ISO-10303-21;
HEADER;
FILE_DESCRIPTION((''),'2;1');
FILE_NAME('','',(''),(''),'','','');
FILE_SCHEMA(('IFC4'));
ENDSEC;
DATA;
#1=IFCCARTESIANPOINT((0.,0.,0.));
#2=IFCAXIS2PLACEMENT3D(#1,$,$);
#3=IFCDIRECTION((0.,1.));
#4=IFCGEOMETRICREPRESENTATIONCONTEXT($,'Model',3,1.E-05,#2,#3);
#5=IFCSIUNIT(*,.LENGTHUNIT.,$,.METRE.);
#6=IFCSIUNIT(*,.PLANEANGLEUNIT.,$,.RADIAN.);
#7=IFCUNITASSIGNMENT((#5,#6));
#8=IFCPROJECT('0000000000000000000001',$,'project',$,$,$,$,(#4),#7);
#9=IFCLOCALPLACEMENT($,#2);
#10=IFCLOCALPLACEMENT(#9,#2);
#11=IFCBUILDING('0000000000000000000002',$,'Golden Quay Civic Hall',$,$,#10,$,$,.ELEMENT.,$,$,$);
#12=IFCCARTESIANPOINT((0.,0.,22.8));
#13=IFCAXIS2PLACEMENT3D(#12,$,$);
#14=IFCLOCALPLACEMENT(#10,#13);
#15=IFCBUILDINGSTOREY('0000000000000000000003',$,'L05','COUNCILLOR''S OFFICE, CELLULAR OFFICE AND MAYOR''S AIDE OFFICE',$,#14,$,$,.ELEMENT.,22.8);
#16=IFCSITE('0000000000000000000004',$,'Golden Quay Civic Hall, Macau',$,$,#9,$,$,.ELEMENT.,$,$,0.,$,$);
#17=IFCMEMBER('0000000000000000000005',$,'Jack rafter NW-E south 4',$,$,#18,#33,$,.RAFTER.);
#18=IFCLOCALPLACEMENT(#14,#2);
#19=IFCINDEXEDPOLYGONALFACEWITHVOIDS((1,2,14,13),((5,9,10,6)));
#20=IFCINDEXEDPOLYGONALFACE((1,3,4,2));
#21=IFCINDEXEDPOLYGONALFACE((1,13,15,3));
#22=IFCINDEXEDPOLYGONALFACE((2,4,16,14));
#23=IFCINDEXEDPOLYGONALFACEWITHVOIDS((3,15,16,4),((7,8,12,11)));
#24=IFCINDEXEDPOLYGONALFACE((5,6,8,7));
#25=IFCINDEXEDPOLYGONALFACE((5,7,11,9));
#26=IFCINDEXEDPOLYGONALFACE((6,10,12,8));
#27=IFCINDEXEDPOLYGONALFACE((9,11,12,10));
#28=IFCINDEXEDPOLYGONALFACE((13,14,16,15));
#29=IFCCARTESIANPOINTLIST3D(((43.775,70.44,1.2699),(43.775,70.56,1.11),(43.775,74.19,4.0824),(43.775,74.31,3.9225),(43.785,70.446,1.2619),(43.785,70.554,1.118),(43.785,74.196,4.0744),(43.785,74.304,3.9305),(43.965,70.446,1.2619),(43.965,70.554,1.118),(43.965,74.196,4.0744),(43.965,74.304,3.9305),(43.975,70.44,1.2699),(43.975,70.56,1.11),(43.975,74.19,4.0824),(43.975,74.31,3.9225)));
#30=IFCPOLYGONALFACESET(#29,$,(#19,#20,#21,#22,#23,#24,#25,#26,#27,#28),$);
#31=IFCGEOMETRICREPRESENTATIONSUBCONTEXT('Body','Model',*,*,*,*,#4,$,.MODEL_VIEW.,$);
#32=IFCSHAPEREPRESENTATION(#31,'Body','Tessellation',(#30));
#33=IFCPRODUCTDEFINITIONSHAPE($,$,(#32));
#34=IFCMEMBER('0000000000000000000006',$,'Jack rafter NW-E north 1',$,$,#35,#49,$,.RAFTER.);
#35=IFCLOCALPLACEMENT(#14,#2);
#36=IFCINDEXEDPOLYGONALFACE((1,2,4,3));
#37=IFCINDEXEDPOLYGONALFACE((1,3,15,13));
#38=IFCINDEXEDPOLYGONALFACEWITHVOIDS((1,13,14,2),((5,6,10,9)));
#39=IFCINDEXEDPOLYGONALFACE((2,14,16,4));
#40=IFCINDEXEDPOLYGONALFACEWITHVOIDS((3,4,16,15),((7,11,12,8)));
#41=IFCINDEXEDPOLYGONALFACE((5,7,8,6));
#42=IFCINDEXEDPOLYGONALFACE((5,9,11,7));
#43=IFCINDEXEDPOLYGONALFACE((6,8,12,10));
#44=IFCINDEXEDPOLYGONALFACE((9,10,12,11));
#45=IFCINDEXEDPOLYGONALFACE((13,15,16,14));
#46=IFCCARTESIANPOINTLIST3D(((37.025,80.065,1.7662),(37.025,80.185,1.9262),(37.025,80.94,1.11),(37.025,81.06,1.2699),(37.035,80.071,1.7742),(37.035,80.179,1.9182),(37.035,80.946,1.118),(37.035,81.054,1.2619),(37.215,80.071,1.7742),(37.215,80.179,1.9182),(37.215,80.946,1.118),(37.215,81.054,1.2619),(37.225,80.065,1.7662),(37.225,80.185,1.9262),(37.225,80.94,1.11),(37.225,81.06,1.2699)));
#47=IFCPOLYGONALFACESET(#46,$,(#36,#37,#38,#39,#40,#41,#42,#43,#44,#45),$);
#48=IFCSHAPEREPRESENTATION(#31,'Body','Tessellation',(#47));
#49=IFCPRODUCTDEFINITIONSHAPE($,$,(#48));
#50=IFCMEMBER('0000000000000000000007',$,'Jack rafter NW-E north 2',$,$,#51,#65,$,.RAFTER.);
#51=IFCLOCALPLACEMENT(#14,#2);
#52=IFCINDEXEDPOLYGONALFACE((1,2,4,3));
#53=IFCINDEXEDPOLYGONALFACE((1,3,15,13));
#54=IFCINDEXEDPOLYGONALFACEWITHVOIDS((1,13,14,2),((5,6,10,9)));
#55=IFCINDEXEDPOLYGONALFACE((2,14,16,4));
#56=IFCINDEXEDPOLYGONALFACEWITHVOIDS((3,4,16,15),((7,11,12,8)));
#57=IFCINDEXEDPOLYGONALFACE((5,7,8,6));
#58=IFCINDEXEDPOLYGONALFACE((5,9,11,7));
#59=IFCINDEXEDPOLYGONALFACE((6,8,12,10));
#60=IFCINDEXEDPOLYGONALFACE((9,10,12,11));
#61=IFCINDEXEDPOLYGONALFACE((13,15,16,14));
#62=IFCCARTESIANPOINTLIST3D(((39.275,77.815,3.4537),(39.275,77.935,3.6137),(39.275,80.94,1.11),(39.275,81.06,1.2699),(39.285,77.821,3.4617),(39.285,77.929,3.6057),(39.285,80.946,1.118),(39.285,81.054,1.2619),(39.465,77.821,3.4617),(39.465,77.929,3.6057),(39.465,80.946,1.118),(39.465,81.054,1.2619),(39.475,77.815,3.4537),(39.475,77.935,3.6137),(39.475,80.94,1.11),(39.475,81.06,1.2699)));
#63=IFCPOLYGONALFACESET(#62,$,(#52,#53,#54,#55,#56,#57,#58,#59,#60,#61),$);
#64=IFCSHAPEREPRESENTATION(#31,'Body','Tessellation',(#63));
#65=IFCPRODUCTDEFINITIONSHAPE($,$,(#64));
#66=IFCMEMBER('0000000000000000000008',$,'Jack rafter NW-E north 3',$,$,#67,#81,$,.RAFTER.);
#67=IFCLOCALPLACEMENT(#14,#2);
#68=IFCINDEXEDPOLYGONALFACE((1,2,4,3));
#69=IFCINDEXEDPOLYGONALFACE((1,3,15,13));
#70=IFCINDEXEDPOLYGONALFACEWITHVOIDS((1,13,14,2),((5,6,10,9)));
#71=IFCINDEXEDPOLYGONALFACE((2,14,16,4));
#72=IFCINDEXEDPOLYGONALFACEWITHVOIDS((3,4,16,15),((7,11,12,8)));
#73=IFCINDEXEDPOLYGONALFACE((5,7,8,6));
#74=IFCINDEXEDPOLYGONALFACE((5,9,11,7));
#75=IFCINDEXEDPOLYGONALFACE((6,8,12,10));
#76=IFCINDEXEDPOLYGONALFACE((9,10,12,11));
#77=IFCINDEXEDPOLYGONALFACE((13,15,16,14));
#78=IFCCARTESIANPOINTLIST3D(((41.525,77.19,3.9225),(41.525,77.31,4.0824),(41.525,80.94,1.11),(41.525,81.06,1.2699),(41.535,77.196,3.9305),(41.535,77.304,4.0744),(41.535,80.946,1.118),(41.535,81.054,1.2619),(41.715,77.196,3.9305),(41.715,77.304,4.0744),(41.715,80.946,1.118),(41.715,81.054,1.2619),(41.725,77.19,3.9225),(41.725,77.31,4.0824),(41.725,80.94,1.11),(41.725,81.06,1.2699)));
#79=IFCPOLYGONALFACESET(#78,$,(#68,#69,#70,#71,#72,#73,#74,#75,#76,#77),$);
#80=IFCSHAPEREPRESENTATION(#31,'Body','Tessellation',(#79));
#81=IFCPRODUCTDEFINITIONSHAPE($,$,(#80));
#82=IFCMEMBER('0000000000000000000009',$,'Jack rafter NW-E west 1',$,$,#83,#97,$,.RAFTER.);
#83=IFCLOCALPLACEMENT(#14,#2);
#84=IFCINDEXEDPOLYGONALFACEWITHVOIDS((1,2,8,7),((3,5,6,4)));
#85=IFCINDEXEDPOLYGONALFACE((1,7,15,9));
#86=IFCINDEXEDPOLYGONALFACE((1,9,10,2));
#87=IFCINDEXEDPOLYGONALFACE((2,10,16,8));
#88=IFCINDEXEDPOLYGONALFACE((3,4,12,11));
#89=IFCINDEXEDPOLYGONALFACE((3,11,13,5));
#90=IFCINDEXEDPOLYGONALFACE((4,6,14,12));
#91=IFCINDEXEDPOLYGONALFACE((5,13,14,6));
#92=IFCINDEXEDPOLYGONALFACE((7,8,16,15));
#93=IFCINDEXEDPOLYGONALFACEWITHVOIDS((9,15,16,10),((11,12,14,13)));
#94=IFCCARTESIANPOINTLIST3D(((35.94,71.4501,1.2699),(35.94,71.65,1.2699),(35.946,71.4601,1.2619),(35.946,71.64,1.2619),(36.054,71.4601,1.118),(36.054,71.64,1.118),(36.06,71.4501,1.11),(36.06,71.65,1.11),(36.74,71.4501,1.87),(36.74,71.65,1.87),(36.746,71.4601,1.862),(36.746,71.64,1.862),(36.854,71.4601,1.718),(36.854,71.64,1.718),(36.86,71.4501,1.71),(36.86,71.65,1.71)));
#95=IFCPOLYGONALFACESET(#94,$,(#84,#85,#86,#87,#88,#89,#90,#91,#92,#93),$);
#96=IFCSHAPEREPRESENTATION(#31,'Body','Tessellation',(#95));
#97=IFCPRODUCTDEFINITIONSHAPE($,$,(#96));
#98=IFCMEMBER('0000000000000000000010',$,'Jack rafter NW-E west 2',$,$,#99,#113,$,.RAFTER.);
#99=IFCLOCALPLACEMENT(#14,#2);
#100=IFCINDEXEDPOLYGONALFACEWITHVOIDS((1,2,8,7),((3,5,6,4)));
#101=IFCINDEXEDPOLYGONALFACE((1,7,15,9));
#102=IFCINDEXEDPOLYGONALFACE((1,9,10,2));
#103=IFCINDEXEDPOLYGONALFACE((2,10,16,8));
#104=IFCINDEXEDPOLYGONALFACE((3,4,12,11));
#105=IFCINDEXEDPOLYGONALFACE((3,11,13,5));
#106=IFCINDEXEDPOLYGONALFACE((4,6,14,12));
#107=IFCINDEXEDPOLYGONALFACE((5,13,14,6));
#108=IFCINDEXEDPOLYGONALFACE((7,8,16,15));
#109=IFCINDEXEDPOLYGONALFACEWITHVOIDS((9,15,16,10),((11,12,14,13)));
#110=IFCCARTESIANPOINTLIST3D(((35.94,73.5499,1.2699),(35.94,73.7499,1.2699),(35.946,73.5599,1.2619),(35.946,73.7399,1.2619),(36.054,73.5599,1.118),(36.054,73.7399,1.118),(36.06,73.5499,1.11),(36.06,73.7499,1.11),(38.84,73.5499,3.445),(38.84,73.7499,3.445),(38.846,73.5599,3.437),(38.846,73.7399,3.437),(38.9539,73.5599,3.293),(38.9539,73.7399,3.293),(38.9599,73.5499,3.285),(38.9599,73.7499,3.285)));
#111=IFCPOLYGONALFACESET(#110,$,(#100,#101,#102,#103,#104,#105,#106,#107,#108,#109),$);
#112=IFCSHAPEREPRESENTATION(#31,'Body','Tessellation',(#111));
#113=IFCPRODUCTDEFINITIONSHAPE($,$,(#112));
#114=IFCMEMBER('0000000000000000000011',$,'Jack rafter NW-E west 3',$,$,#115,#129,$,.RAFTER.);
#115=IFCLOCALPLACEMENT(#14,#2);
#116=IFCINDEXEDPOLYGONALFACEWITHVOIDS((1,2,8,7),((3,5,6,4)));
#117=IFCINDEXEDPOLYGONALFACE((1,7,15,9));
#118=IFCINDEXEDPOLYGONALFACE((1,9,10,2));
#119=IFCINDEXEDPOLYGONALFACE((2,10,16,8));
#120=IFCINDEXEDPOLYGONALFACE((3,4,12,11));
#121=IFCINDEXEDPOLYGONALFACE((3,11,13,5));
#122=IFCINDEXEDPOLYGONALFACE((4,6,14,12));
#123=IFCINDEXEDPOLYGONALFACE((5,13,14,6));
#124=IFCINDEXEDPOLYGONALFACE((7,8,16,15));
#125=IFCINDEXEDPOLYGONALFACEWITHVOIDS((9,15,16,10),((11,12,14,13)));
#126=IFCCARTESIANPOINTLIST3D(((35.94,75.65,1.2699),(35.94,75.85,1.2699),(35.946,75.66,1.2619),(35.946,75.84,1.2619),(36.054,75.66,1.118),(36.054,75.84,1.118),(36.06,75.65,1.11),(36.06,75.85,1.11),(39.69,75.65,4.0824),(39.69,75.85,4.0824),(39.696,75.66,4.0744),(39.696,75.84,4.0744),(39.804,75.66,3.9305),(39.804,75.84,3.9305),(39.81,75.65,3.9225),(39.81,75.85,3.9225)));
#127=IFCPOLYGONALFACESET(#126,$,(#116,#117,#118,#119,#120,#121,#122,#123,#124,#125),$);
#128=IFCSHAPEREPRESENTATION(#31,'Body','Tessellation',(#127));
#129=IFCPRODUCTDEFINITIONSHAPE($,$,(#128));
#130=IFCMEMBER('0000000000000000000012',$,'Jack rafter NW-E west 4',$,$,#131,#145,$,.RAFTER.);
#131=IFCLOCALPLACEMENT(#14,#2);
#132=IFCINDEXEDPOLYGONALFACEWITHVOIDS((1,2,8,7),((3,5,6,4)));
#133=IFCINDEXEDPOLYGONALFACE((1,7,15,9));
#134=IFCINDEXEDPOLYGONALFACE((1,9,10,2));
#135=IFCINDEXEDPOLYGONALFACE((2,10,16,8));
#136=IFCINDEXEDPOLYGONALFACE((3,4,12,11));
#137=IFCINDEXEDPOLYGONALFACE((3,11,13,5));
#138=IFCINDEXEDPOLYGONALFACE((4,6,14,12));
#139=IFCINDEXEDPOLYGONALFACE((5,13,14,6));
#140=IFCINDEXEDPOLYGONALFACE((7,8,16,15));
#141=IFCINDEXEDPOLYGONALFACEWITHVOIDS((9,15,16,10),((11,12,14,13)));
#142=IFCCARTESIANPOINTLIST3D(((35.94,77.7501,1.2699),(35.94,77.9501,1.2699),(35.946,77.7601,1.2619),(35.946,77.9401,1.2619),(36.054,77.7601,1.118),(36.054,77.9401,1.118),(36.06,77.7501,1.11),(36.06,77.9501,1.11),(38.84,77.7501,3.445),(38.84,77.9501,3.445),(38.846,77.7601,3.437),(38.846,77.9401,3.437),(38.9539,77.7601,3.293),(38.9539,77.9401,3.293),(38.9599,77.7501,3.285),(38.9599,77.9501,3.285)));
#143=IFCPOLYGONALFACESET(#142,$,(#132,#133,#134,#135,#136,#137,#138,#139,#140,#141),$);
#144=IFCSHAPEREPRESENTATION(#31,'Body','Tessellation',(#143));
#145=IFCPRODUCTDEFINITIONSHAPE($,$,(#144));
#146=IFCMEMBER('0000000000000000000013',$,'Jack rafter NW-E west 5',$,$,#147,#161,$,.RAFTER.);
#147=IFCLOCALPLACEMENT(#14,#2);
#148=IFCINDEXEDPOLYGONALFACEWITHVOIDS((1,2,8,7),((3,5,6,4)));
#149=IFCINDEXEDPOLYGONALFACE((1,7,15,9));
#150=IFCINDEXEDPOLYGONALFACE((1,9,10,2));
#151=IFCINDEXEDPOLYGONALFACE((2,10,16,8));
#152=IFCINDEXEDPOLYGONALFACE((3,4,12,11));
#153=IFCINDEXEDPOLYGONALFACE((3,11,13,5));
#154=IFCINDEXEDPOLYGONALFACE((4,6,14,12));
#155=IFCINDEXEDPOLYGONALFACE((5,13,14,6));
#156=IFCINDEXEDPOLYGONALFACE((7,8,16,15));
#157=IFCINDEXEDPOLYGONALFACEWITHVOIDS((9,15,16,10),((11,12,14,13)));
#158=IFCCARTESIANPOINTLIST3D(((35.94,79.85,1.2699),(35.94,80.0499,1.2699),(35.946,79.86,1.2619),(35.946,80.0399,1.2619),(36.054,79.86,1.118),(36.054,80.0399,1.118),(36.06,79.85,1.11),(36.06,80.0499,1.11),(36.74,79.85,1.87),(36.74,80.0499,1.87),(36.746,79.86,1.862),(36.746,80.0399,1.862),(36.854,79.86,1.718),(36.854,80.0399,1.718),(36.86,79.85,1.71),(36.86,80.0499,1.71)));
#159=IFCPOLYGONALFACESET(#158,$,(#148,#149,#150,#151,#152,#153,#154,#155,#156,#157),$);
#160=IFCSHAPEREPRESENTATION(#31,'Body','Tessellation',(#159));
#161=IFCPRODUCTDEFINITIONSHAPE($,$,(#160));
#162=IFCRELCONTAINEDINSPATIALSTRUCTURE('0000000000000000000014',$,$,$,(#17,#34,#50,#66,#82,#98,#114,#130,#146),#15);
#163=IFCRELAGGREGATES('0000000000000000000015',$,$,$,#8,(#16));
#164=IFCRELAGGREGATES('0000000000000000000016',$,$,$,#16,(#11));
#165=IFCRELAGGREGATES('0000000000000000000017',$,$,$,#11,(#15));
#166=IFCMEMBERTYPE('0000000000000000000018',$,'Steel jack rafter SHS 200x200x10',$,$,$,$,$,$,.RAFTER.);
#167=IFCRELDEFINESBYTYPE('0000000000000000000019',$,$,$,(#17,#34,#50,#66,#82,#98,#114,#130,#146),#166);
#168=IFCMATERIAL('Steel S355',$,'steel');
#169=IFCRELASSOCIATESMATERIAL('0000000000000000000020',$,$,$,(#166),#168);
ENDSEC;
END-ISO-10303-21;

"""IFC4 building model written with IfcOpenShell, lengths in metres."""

from ifc_helpers import new_model, si_unit, direction, frame, origin, origin_2d, place, context, subcontext, project, spatial, hollow_rectangle, extrude, material, material_profile, profile_set, type_object, element, save


model = new_model("IFC4")

# Units and contexts
model_context = context("Model", 3, precision=1e-05, world=origin(), true_north=direction((0.0, 1.0)))
body_context = subcontext(model_context, "Body", "Model", "MODEL_VIEW")
ifc_project = project(units=[si_unit("LENGTHUNIT", "METRE"), si_unit("PLANEANGLEUNIT", "RADIAN")], contexts=[model_context])

# Site, building, storey
site_placement = place(None, origin())
site = spatial("IfcSite", under=ifc_project, at=site_placement, Name="Golden Quay Civic Hall, Macau", CompositionType="ELEMENT", RefElevation=0.0)
building_placement = place(site_placement, origin())
building = spatial("IfcBuilding", under=site, at=building_placement, Name="Golden Quay Civic Hall", CompositionType="ELEMENT")
storey_placement = place(building_placement, frame((0.0, 0.0, 22.8)))
storey = spatial("IfcBuildingStorey", under=building, at=storey_placement, Name="L05", Description="COUNCILLOR'S OFFICE, CELLULAR OFFICE AND MAYOR'S AIDE OFFICE", CompositionType="ELEMENT", Elevation=22.8)

# Members
ifc_material_1 = material(Name="Steel S355", Category="steel")
ifc_material_profile_1 = material_profile(ifc_material_1, hollow_rectangle(XDim=0.2, YDim=0.2, WallThickness=0.01, at=origin_2d()), Name="SHS 200x200x10")
ifc_profile_set_1 = profile_set([ifc_material_profile_1], Name="Steel S355")
member_type_1 = type_object("IfcMemberType", Name="Steel jack rafter SHS 200x200x10", PredefinedType="RAFTER", material=ifc_profile_set_1)
for number, where, z_axis, x_axis, name in (
    (1, (43.875, 70.5, 1.1899), (0.0, 0.8, 0.6), (-1.0, 0.0, 0.0), "Jack rafter NW-E south 4"),
):
    element("IfcMember", number, at=place(storey_placement, frame(where, z_axis=z_axis, x_axis=x_axis)), inside=storey, type_object=member_type_1, Name=name, PredefinedType="RAFTER", context=body_context, shape_type="SweptSolid", body=[
        extrude(hollow_rectangle(XDim=0.2, YDim=0.2, WallThickness=0.01, at=origin_2d()), origin(), (0.0, 0.0, 1.0), 4.6875),
    ])
member_1_placement = place(storey_placement, frame((37.125, 81.0, 1.1899), z_axis=(0.0, -0.8, 0.6), x_axis=(1.0, 0.0, 0.0)))
element("IfcMember", 2, at=member_1_placement, inside=storey, type_object=member_type_1, Name="Jack rafter NW-E north 1", PredefinedType="RAFTER", context=body_context, shape_type="SweptSolid", body=[
    extrude(hollow_rectangle(XDim=0.2, YDim=0.2, WallThickness=0.01, at=origin_2d()), origin(), (0.0, 0.0, 1.0), 1.0938),
])
member_2_placement = place(storey_placement, frame((39.375, 81.0, 1.1899), z_axis=(0.0, -0.8, 0.6), x_axis=(1.0, 0.0, 0.0)))
element("IfcMember", 3, at=member_2_placement, inside=storey, type_object=member_type_1, Name="Jack rafter NW-E north 2", PredefinedType="RAFTER", context=body_context, shape_type="SweptSolid", body=[
    extrude(hollow_rectangle(XDim=0.2, YDim=0.2, WallThickness=0.01, at=origin_2d()), origin(), (0.0, 0.0, 1.0), 3.9062),
])
member_3_placement = place(storey_placement, frame((41.625, 81.0, 1.1899), z_axis=(0.0, -0.8, 0.6), x_axis=(1.0, 0.0, 0.0)))
element("IfcMember", 4, at=member_3_placement, inside=storey, type_object=member_type_1, Name="Jack rafter NW-E north 3", PredefinedType="RAFTER", context=body_context, shape_type="SweptSolid", body=[
    extrude(hollow_rectangle(XDim=0.2, YDim=0.2, WallThickness=0.01, at=origin_2d()), origin(), (0.0, 0.0, 1.0), 4.6875),
])
member_4_placement = place(storey_placement, frame((36.0, 71.55, 1.1899), z_axis=(0.799971, 0.0, 0.600039), x_axis=(0.0, 1.0, 0.0)))
element("IfcMember", 5, at=member_4_placement, inside=storey, type_object=member_type_1, Name="Jack rafter NW-E west 1", PredefinedType="RAFTER", context=body_context, shape_type="SweptSolid", body=[
    extrude(hollow_rectangle(XDim=0.2, YDim=0.2, WallThickness=0.01, at=origin_2d()), origin(), (0.0, 0.0, 1.0), 1.0),
])
member_5_placement = place(storey_placement, frame((36.0, 73.6499, 1.1899), z_axis=(0.799984, 0.0, 0.600022), x_axis=(0.0, 1.0, 0.0)))
element("IfcMember", 6, at=member_5_placement, inside=storey, type_object=member_type_1, Name="Jack rafter NW-E west 2", PredefinedType="RAFTER", context=body_context, shape_type="SweptSolid", body=[
    extrude(hollow_rectangle(XDim=0.2, YDim=0.2, WallThickness=0.01, at=origin_2d()), origin(), (0.0, 0.0, 1.0), 3.625),
])
member_6_placement = place(storey_placement, frame((36.0, 75.75, 1.1899), z_axis=(0.8, 0.0, 0.6), x_axis=(0.0, 1.0, 0.0)))
element("IfcMember", 7, at=member_6_placement, inside=storey, type_object=member_type_1, Name="Jack rafter NW-E west 3", PredefinedType="RAFTER", context=body_context, shape_type="SweptSolid", body=[
    extrude(hollow_rectangle(XDim=0.2, YDim=0.2, WallThickness=0.01, at=origin_2d()), origin(), (0.0, 0.0, 1.0), 4.6875),
])
member_7_placement = place(storey_placement, frame((36.0, 77.8501, 1.1899), z_axis=(0.799984, 0.0, 0.600022), x_axis=(0.0, 1.0, 0.0)))
element("IfcMember", 8, at=member_7_placement, inside=storey, type_object=member_type_1, Name="Jack rafter NW-E west 4", PredefinedType="RAFTER", context=body_context, shape_type="SweptSolid", body=[
    extrude(hollow_rectangle(XDim=0.2, YDim=0.2, WallThickness=0.01, at=origin_2d()), origin(), (0.0, 0.0, 1.0), 3.625),
])
member_8_placement = place(storey_placement, frame((36.0, 79.95, 1.1899), z_axis=(0.799971, 0.0, 0.600039), x_axis=(0.0, 1.0, 0.0)))
element("IfcMember", 9, at=member_8_placement, inside=storey, type_object=member_type_1, Name="Jack rafter NW-E west 5", PredefinedType="RAFTER", context=body_context, shape_type="SweptSolid", body=[
    extrude(hollow_rectangle(XDim=0.2, YDim=0.2, WallThickness=0.01, at=origin_2d()), origin(), (0.0, 0.0, 1.0), 1.0),
])

save(model, "model.ifc")
